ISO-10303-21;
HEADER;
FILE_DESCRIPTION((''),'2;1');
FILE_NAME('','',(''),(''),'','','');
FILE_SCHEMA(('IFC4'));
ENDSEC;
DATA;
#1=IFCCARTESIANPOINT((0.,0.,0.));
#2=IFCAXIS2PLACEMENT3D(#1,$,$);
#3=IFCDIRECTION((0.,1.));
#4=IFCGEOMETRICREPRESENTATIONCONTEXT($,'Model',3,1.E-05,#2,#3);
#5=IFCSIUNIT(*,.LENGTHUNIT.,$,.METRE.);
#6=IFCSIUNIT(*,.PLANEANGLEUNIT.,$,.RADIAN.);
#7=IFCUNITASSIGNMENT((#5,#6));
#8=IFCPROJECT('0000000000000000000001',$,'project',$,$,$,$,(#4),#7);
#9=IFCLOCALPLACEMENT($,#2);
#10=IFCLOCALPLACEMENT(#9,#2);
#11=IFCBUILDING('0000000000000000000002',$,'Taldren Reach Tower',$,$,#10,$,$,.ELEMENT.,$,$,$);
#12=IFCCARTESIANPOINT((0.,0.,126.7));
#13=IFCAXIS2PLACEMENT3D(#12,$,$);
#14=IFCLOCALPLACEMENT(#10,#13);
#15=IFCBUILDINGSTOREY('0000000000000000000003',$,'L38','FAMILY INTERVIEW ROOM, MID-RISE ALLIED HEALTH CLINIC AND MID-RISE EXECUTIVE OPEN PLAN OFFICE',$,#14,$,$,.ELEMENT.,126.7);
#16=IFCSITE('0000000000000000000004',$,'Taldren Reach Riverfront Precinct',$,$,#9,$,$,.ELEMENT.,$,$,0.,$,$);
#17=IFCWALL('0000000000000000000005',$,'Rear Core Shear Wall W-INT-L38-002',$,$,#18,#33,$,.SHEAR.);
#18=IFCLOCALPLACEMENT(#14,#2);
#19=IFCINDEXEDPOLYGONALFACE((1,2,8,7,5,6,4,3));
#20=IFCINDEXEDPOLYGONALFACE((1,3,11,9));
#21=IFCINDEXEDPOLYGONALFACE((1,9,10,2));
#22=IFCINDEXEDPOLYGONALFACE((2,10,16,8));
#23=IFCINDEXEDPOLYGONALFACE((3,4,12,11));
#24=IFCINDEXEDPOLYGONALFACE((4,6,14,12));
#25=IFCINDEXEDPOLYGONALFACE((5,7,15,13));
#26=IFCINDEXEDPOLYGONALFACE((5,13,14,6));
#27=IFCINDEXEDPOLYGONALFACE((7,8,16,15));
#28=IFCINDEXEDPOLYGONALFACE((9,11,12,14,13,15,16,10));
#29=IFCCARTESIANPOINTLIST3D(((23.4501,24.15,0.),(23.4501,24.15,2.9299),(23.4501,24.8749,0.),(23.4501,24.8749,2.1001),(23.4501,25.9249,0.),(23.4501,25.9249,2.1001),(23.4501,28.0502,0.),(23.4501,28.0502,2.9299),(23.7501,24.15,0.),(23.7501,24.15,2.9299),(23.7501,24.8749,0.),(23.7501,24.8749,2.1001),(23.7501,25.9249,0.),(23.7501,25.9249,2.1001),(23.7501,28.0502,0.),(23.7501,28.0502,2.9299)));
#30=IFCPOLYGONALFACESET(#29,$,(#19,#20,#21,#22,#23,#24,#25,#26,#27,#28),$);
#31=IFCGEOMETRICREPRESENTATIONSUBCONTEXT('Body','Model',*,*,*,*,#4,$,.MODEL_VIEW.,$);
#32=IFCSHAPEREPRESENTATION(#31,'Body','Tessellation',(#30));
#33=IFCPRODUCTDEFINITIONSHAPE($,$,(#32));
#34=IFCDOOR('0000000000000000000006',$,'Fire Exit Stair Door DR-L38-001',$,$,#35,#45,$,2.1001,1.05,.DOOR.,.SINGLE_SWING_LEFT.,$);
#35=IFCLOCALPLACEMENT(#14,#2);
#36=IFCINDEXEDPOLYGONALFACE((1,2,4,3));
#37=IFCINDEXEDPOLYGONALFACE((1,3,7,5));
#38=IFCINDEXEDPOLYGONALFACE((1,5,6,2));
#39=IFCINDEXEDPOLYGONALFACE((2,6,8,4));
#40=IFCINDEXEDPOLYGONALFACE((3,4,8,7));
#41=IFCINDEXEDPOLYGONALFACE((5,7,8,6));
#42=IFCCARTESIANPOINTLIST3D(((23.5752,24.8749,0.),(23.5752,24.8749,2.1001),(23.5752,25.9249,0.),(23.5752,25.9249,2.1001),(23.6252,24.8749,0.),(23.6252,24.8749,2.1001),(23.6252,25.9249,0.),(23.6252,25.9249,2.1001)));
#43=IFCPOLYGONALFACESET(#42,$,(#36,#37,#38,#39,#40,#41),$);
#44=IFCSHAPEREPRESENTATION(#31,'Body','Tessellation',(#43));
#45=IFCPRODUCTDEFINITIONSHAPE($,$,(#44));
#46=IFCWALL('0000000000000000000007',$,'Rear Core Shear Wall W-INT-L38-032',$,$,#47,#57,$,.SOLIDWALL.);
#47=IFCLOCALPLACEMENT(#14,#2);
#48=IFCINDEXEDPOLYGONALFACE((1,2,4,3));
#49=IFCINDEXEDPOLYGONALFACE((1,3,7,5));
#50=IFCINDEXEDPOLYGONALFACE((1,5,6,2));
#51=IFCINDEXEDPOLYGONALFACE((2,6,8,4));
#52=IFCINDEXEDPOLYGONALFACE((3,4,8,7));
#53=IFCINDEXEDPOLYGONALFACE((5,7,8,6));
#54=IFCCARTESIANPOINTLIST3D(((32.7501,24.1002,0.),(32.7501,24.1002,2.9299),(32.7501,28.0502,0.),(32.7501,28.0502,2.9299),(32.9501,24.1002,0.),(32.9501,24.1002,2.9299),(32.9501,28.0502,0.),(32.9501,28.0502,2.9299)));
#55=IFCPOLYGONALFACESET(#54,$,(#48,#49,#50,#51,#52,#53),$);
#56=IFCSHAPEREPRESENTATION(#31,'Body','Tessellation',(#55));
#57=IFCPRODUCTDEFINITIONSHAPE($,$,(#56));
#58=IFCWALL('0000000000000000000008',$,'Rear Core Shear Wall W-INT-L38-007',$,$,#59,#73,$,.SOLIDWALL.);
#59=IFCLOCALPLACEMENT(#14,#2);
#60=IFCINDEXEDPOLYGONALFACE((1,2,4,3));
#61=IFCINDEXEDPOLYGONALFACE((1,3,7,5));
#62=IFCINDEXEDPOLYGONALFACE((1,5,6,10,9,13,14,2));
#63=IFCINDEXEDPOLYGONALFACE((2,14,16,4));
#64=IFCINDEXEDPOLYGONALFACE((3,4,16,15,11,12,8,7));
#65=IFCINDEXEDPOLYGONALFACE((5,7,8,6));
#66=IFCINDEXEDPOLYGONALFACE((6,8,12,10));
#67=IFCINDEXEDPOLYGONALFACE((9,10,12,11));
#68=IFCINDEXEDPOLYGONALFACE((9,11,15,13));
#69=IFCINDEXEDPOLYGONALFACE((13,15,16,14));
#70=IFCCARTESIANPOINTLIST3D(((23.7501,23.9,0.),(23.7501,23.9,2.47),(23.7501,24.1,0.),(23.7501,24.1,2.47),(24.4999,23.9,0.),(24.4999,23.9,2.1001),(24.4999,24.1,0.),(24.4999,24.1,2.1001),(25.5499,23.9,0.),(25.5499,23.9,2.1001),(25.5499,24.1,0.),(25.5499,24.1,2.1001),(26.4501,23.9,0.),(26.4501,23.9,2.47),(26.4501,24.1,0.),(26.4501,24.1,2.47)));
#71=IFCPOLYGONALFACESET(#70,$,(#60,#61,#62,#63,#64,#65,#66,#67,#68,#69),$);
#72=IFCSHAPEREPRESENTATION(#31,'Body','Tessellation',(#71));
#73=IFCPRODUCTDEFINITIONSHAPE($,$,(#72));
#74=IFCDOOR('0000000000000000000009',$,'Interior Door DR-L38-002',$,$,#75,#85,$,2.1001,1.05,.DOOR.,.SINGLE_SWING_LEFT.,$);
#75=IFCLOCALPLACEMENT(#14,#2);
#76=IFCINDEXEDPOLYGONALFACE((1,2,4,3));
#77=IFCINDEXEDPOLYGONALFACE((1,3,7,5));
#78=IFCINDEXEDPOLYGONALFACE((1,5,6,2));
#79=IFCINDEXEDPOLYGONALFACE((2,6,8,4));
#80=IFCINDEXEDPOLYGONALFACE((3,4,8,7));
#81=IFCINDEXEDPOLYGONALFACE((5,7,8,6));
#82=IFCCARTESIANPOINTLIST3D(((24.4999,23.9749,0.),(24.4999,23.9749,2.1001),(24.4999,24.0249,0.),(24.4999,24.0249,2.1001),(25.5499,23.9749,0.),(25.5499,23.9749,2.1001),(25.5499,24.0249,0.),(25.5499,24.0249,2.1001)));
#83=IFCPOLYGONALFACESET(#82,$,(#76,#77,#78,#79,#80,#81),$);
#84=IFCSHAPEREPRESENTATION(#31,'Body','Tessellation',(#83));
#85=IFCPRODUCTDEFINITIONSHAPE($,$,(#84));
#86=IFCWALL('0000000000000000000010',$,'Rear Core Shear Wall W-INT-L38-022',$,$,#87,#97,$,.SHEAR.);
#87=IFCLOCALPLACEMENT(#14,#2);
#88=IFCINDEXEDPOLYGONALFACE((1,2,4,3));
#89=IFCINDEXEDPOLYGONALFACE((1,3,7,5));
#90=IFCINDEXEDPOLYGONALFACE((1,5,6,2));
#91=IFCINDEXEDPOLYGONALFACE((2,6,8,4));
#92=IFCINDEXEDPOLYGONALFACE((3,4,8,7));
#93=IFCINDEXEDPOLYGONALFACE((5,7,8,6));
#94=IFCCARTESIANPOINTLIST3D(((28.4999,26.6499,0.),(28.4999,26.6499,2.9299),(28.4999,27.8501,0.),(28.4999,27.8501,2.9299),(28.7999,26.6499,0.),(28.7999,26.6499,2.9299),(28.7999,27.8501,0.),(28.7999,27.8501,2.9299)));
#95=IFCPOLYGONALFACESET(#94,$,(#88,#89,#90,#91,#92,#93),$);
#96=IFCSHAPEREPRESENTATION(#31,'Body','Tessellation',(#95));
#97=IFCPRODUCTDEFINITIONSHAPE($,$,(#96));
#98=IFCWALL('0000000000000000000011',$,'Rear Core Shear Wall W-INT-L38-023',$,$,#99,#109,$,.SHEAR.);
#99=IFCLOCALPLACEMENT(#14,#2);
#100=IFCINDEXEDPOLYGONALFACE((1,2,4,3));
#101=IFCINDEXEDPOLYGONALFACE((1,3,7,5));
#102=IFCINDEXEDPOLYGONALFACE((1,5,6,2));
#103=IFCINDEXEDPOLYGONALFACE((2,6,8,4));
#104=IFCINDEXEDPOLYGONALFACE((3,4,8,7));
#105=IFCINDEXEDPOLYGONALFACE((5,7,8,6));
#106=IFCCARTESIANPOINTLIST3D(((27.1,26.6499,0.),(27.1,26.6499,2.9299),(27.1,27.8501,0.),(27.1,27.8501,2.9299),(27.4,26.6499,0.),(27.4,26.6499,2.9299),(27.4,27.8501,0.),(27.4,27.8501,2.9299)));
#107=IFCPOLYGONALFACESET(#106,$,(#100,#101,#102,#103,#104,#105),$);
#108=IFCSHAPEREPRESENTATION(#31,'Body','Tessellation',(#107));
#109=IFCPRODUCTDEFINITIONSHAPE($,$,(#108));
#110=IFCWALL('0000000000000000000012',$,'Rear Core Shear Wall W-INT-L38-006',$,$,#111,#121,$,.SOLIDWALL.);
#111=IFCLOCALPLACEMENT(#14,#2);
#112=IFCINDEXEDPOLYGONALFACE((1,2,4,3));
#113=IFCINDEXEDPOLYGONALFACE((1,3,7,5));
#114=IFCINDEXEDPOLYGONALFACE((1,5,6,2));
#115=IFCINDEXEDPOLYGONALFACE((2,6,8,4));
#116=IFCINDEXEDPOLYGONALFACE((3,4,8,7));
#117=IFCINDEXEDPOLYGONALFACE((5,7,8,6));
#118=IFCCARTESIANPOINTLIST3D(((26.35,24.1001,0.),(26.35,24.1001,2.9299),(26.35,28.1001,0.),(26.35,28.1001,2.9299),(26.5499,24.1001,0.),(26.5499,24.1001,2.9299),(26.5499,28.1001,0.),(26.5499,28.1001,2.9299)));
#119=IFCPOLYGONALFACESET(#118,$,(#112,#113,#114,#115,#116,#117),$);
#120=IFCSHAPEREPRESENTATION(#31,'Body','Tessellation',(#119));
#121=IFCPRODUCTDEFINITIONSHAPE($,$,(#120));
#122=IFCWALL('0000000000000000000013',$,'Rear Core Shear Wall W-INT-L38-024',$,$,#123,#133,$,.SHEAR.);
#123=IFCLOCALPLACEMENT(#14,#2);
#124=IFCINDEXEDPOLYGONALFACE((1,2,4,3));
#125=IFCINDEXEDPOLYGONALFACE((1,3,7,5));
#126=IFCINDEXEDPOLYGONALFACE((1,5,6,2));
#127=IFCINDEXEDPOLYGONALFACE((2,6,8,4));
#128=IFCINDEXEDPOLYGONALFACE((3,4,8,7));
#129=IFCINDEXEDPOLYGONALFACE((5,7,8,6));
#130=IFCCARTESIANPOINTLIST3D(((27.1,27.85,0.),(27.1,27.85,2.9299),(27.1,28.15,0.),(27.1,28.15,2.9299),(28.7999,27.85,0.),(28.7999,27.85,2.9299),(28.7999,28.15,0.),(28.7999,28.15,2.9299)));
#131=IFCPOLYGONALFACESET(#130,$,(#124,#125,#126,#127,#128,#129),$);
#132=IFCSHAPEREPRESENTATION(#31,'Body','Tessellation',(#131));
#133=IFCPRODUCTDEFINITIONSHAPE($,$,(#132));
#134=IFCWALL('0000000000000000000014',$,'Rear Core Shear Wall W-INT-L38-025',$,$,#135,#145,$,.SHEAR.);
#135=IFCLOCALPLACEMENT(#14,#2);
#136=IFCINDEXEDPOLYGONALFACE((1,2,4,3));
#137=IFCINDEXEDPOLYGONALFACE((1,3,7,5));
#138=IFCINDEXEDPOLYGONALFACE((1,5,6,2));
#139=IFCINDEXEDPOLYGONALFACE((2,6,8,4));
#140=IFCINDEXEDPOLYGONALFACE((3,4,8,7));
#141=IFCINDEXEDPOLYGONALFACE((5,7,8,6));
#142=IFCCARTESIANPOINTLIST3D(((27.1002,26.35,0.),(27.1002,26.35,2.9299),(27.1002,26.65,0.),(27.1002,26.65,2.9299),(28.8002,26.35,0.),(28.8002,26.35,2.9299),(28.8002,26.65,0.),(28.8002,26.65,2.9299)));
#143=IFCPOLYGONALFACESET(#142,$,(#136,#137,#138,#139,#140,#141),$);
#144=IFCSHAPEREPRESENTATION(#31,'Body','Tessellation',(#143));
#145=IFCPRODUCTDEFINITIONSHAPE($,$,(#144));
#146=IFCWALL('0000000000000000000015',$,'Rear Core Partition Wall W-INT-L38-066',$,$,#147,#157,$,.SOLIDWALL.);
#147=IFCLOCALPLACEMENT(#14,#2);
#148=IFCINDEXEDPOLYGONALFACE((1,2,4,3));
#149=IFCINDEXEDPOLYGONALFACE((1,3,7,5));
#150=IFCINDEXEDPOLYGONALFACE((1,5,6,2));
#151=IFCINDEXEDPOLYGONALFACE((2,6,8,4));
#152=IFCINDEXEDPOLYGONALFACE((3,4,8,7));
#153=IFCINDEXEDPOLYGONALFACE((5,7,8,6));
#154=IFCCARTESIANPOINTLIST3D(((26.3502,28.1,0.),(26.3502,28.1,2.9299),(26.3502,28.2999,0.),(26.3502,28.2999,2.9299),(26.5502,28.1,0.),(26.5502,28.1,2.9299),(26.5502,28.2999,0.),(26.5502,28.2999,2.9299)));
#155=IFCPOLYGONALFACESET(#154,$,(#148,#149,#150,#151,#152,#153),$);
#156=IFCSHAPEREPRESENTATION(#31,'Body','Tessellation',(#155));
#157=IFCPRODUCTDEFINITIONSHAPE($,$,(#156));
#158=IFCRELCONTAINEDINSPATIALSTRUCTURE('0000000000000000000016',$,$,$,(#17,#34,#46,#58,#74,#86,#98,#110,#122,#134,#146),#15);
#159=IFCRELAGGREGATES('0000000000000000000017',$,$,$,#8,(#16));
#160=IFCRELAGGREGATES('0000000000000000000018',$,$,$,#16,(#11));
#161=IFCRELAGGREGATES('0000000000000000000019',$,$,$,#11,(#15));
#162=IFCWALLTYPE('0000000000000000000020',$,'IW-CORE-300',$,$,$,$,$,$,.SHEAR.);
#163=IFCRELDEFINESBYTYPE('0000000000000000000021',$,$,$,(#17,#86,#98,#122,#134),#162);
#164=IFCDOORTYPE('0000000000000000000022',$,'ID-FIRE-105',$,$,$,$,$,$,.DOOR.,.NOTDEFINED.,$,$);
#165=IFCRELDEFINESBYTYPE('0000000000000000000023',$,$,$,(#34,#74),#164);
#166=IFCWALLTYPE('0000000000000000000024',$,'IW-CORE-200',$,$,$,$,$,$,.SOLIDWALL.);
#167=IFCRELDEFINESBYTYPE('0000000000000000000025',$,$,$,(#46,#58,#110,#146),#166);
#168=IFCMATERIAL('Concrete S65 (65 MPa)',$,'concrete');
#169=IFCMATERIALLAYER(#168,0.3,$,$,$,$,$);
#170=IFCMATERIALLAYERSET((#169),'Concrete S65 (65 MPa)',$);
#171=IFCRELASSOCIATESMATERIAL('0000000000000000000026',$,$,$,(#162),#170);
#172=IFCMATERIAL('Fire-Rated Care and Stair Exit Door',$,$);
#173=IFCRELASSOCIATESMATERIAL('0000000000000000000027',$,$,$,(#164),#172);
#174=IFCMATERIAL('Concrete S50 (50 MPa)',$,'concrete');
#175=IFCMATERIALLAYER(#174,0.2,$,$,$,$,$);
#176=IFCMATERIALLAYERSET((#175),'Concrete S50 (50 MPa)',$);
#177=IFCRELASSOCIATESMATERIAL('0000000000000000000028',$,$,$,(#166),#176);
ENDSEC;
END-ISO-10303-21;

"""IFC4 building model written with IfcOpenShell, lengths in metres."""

from ifc_helpers import new_model, si_unit, direction, frame, frame_2d, origin, place, context, subcontext, project, spatial, rectangle, extrude, source, transform, mapped, material, layer, layer_set, type_object, element, fill, save


model = new_model("IFC4")

# Units and contexts
model_context = context("Model", 3, precision=1e-05, world=origin(), true_north=direction((0.0, 1.0)))
body_context = subcontext(model_context, "Body", "Model", "MODEL_VIEW")
ifc_project = project(units=[si_unit("LENGTHUNIT", "METRE"), si_unit("PLANEANGLEUNIT", "RADIAN")], contexts=[model_context])

# Site, building, storey
site_placement = place(None, origin())
site = spatial("IfcSite", under=ifc_project, at=site_placement, Name="Taldren Reach Riverfront Precinct", CompositionType="ELEMENT", RefElevation=0.0)
building_placement = place(site_placement, origin())
building = spatial("IfcBuilding", under=site, at=building_placement, Name="Taldren Reach Tower", CompositionType="ELEMENT")
storey_placement = place(building_placement, frame((0.0, 0.0, 126.7)))
storey = spatial("IfcBuildingStorey", under=building, at=storey_placement, Name="L38", Description="FAMILY INTERVIEW ROOM, MID-RISE ALLIED HEALTH CLINIC AND MID-RISE EXECUTIVE OPEN PLAN OFFICE", CompositionType="ELEMENT", Elevation=126.7)

# Shared definitions
ifc_material_1 = material(Name="Concrete S65 (65 MPa)", Category="concrete")
ifc_layer_1 = layer(ifc_material_1, 0.3)
ifc_layer_set_1 = layer_set([ifc_layer_1], Name="Concrete S65 (65 MPa)")
wall_type_1 = type_object("IfcWallType", Name="IW-CORE-300", PredefinedType="SHEAR", material=ifc_layer_set_1)

# Wall, opening, door
shared_shape_1 = source(origin(), body_context, "Body", "SweptSolid", [
    extrude(rectangle(XDim=3.9001, YDim=0.3, at=frame_2d((1.9502, 0.0))), origin(), (0.0, 0.0, 1.0), 2.9299),
])
wall_1_placement = place(storey_placement, frame((23.6001, 24.1499, 0.0), z_axis=(0.0, 0.0, 1.0), x_axis=(0.0, 1.0, 0.0)))
wall_1 = element("IfcWall", 1, at=wall_1_placement, inside=storey, type_object=wall_type_1, Name="Rear Core Shear Wall W-INT-L38-002", PredefinedType="SHEAR", context=body_context, shape_type="MappedRepresentation", body=[
    mapped(shared_shape_1, transform((0.0, 0.0, 0.0), scale=1.0)),
])
shared_shape_2 = source(origin(), body_context, "Body", "SweptSolid", [
    extrude(rectangle(XDim=1.05, YDim=2.1001, at=frame_2d((0.5249, 1.05))), frame((0.0, 0.1602, 0.0), z_axis=(0.0, -1.0, 0.0), x_axis=(1.0, 0.0, 0.0)), (0.0, 0.0, 1.0), 0.3201),
])
opening_1_placement = place(wall_1_placement, frame((0.7251, 0.0, 0.0)))
opening_1 = element("IfcOpeningElement", 2, at=opening_1_placement, cuts=wall_1, PredefinedType="OPENING", context=body_context, shape_type="MappedRepresentation", body=[
    mapped(shared_shape_2, transform((0.0, 0.0, 0.0), scale=1.0)),
])
ifc_material_2 = material(Name="Fire-Rated Care and Stair Exit Door")
door_type_1 = type_object("IfcDoorType", Name="ID-FIRE-105", OperationType="NOTDEFINED", PredefinedType="DOOR", material=ifc_material_2)
shared_shape_3 = source(origin(), body_context, "Body", "SweptSolid", [
    extrude(rectangle(XDim=1.05, YDim=2.1001, at=frame_2d((0.5249, 1.05))), frame((0.0, 0.0249, 0.0), z_axis=(0.0, -1.0, 0.0), x_axis=(1.0, 0.0, 0.0)), (0.0, 0.0, 1.0), 0.05),
])
door_1_placement = place(opening_1_placement, origin())
door_1 = element("IfcDoor", 3, at=door_1_placement, inside=storey, type_object=door_type_1, Name="Fire Exit Stair Door DR-L38-001", OperationType="SINGLE_SWING_LEFT", OverallHeight=2.1001, OverallWidth=1.05, PredefinedType="DOOR", context=body_context, shape_type="MappedRepresentation", body=[
    mapped(shared_shape_3, transform((0.0, 0.0, 0.0), scale=1.0)),
])
fill(opening_1, door_1)

# Wall
ifc_material_3 = material(Name="Concrete S50 (50 MPa)", Category="concrete")
ifc_layer_2 = layer(ifc_material_3, 0.2)
ifc_layer_set_2 = layer_set([ifc_layer_2], Name="Concrete S50 (50 MPa)")
wall_type_2 = type_object("IfcWallType", Name="IW-CORE-200", PredefinedType="SOLIDWALL", material=ifc_layer_set_2)
shared_shape_4 = source(origin(), body_context, "Body", "SweptSolid", [
    extrude(rectangle(XDim=3.95, YDim=0.2, at=frame_2d((1.9751, 0.0))), origin(), (0.0, 0.0, 1.0), 2.9299),
])
wall_2_placement = place(storey_placement, frame((32.8501, 24.1001, 0.0), z_axis=(0.0, 0.0, 1.0), x_axis=(0.0, 1.0, 0.0)))
element("IfcWall", 4, at=wall_2_placement, inside=storey, type_object=wall_type_2, Name="Rear Core Shear Wall W-INT-L38-032", PredefinedType="SOLIDWALL", context=body_context, shape_type="MappedRepresentation", body=[
    mapped(shared_shape_4, transform((0.0, 0.0, 0.0), scale=1.0)),
])

# Wall, opening, door
shared_shape_5 = source(origin(), body_context, "Body", "SweptSolid", [
    extrude(rectangle(XDim=2.7, YDim=0.2, at=frame_2d((1.3501, 0.0))), origin(), (0.0, 0.0, 1.0), 2.47),
])
wall_3_placement = place(storey_placement, frame((23.75, 24.0, 0.0), z_axis=(0.0, 0.0, 1.0), x_axis=(1.0, 0.0, 0.0)))
wall_3 = element("IfcWall", 5, at=wall_3_placement, inside=storey, type_object=wall_type_2, Name="Rear Core Shear Wall W-INT-L38-007", PredefinedType="SOLIDWALL", context=body_context, shape_type="MappedRepresentation", body=[
    mapped(shared_shape_5, transform((0.0, 0.0, 0.0), scale=1.0)),
])
shared_shape_6 = source(origin(), body_context, "Body", "SweptSolid", [
    extrude(rectangle(XDim=1.05, YDim=2.1001, at=frame_2d((0.5249, 1.05))), frame((0.0, 0.1099, 0.0), z_axis=(0.0, -1.0, 0.0), x_axis=(1.0, 0.0, 0.0)), (0.0, 0.0, 1.0), 0.22),
])
opening_2_placement = place(wall_3_placement, frame((0.75, 0.0, 0.0)))
opening_2 = element("IfcOpeningElement", 6, at=opening_2_placement, cuts=wall_3, PredefinedType="OPENING", context=body_context, shape_type="MappedRepresentation", body=[
    mapped(shared_shape_6, transform((0.0, 0.0, 0.0), scale=1.0)),
])
door_2_placement = place(opening_2_placement, origin())
door_2 = element("IfcDoor", 7, at=door_2_placement, inside=storey, type_object=door_type_1, Name="Interior Door DR-L38-002", OperationType="SINGLE_SWING_LEFT", OverallHeight=2.1001, OverallWidth=1.05, PredefinedType="DOOR", context=body_context, shape_type="MappedRepresentation", body=[
    mapped(shared_shape_3, transform((0.0, 0.0, 0.0), scale=1.0)),
])
fill(opening_2, door_2)

# Walls
shared_shape_7 = source(origin(), body_context, "Body", "SweptSolid", [
    extrude(rectangle(XDim=1.2002, YDim=0.3, at=frame_2d((0.6001, 0.0))), origin(), (0.0, 0.0, 1.0), 2.9299),
])
for number, where, z_axis, x_axis, name in (
    (8, (28.6499, 26.6499, 0.0), (0.0, 0.0, 1.0), (0.0, 1.0, 0.0), "Rear Core Shear Wall W-INT-L38-022"),
    (9, (27.25, 27.8501, 0.0), (0.0, 0.0, 1.0), (0.0, -1.0, 0.0), "Rear Core Shear Wall W-INT-L38-023"),
):
    element("IfcWall", number, at=place(storey_placement, frame(where, z_axis=z_axis, x_axis=x_axis)), inside=storey, type_object=wall_type_1, Name=name, PredefinedType="SHEAR", context=body_context, shape_type="MappedRepresentation", body=[
        mapped(shared_shape_7, transform((0.0, 0.0, 0.0), scale=1.0)),
    ])

# Walls
shared_shape_8 = source(origin(), body_context, "Body", "SweptSolid", [
    extrude(rectangle(XDim=4.0, YDim=0.2, at=frame_2d((2.0, 0.0))), origin(), (0.0, 0.0, 1.0), 2.9299),
])
wall_4_placement = place(storey_placement, frame((26.45, 24.1001, 0.0), z_axis=(0.0, 0.0, 1.0), x_axis=(0.0, 1.0, 0.0)))
element("IfcWall", 10, at=wall_4_placement, inside=storey, type_object=wall_type_2, Name="Rear Core Shear Wall W-INT-L38-006", PredefinedType="SOLIDWALL", context=body_context, shape_type="MappedRepresentation", body=[
    mapped(shared_shape_8, transform((0.0, 0.0, 0.0), scale=1.0)),
])
shared_shape_9 = source(origin(), body_context, "Body", "SweptSolid", [
    extrude(rectangle(XDim=1.7, YDim=0.3, at=frame_2d((0.8501, 0.0))), origin(), (0.0, 0.0, 1.0), 2.9299),
])
for number, where, z_axis, x_axis, name in (
    (11, (28.8, 28.0, 0.0), (0.0, 0.0, 1.0), (-1.0, 0.0, 0.0), "Rear Core Shear Wall W-INT-L38-024"),
    (12, (27.1001, 26.5, 0.0), (0.0, 0.0, 1.0), (1.0, 0.0, 0.0), "Rear Core Shear Wall W-INT-L38-025"),
):
    element("IfcWall", number, at=place(storey_placement, frame(where, z_axis=z_axis, x_axis=x_axis)), inside=storey, type_object=wall_type_1, Name=name, PredefinedType="SHEAR", context=body_context, shape_type="MappedRepresentation", body=[
        mapped(shared_shape_9, transform((0.0, 0.0, 0.0), scale=1.0)),
    ])
shared_shape_10 = source(origin(), body_context, "Body", "SweptSolid", [
    extrude(rectangle(XDim=0.2, YDim=0.2, at=frame_2d((0.1001, 0.0))), origin(), (0.0, 0.0, 1.0), 2.9299),
])
wall_5_placement = place(storey_placement, frame((26.3501, 28.2, 0.0), z_axis=(0.0, 0.0, 1.0), x_axis=(1.0, 0.0, 0.0)))
element("IfcWall", 13, at=wall_5_placement, inside=storey, type_object=wall_type_2, Name="Rear Core Partition Wall W-INT-L38-066", PredefinedType="SOLIDWALL", context=body_context, shape_type="MappedRepresentation", body=[
    mapped(shared_shape_10, transform((0.0, 0.0, 0.0), scale=1.0)),
])

save(model, "model.ifc")
